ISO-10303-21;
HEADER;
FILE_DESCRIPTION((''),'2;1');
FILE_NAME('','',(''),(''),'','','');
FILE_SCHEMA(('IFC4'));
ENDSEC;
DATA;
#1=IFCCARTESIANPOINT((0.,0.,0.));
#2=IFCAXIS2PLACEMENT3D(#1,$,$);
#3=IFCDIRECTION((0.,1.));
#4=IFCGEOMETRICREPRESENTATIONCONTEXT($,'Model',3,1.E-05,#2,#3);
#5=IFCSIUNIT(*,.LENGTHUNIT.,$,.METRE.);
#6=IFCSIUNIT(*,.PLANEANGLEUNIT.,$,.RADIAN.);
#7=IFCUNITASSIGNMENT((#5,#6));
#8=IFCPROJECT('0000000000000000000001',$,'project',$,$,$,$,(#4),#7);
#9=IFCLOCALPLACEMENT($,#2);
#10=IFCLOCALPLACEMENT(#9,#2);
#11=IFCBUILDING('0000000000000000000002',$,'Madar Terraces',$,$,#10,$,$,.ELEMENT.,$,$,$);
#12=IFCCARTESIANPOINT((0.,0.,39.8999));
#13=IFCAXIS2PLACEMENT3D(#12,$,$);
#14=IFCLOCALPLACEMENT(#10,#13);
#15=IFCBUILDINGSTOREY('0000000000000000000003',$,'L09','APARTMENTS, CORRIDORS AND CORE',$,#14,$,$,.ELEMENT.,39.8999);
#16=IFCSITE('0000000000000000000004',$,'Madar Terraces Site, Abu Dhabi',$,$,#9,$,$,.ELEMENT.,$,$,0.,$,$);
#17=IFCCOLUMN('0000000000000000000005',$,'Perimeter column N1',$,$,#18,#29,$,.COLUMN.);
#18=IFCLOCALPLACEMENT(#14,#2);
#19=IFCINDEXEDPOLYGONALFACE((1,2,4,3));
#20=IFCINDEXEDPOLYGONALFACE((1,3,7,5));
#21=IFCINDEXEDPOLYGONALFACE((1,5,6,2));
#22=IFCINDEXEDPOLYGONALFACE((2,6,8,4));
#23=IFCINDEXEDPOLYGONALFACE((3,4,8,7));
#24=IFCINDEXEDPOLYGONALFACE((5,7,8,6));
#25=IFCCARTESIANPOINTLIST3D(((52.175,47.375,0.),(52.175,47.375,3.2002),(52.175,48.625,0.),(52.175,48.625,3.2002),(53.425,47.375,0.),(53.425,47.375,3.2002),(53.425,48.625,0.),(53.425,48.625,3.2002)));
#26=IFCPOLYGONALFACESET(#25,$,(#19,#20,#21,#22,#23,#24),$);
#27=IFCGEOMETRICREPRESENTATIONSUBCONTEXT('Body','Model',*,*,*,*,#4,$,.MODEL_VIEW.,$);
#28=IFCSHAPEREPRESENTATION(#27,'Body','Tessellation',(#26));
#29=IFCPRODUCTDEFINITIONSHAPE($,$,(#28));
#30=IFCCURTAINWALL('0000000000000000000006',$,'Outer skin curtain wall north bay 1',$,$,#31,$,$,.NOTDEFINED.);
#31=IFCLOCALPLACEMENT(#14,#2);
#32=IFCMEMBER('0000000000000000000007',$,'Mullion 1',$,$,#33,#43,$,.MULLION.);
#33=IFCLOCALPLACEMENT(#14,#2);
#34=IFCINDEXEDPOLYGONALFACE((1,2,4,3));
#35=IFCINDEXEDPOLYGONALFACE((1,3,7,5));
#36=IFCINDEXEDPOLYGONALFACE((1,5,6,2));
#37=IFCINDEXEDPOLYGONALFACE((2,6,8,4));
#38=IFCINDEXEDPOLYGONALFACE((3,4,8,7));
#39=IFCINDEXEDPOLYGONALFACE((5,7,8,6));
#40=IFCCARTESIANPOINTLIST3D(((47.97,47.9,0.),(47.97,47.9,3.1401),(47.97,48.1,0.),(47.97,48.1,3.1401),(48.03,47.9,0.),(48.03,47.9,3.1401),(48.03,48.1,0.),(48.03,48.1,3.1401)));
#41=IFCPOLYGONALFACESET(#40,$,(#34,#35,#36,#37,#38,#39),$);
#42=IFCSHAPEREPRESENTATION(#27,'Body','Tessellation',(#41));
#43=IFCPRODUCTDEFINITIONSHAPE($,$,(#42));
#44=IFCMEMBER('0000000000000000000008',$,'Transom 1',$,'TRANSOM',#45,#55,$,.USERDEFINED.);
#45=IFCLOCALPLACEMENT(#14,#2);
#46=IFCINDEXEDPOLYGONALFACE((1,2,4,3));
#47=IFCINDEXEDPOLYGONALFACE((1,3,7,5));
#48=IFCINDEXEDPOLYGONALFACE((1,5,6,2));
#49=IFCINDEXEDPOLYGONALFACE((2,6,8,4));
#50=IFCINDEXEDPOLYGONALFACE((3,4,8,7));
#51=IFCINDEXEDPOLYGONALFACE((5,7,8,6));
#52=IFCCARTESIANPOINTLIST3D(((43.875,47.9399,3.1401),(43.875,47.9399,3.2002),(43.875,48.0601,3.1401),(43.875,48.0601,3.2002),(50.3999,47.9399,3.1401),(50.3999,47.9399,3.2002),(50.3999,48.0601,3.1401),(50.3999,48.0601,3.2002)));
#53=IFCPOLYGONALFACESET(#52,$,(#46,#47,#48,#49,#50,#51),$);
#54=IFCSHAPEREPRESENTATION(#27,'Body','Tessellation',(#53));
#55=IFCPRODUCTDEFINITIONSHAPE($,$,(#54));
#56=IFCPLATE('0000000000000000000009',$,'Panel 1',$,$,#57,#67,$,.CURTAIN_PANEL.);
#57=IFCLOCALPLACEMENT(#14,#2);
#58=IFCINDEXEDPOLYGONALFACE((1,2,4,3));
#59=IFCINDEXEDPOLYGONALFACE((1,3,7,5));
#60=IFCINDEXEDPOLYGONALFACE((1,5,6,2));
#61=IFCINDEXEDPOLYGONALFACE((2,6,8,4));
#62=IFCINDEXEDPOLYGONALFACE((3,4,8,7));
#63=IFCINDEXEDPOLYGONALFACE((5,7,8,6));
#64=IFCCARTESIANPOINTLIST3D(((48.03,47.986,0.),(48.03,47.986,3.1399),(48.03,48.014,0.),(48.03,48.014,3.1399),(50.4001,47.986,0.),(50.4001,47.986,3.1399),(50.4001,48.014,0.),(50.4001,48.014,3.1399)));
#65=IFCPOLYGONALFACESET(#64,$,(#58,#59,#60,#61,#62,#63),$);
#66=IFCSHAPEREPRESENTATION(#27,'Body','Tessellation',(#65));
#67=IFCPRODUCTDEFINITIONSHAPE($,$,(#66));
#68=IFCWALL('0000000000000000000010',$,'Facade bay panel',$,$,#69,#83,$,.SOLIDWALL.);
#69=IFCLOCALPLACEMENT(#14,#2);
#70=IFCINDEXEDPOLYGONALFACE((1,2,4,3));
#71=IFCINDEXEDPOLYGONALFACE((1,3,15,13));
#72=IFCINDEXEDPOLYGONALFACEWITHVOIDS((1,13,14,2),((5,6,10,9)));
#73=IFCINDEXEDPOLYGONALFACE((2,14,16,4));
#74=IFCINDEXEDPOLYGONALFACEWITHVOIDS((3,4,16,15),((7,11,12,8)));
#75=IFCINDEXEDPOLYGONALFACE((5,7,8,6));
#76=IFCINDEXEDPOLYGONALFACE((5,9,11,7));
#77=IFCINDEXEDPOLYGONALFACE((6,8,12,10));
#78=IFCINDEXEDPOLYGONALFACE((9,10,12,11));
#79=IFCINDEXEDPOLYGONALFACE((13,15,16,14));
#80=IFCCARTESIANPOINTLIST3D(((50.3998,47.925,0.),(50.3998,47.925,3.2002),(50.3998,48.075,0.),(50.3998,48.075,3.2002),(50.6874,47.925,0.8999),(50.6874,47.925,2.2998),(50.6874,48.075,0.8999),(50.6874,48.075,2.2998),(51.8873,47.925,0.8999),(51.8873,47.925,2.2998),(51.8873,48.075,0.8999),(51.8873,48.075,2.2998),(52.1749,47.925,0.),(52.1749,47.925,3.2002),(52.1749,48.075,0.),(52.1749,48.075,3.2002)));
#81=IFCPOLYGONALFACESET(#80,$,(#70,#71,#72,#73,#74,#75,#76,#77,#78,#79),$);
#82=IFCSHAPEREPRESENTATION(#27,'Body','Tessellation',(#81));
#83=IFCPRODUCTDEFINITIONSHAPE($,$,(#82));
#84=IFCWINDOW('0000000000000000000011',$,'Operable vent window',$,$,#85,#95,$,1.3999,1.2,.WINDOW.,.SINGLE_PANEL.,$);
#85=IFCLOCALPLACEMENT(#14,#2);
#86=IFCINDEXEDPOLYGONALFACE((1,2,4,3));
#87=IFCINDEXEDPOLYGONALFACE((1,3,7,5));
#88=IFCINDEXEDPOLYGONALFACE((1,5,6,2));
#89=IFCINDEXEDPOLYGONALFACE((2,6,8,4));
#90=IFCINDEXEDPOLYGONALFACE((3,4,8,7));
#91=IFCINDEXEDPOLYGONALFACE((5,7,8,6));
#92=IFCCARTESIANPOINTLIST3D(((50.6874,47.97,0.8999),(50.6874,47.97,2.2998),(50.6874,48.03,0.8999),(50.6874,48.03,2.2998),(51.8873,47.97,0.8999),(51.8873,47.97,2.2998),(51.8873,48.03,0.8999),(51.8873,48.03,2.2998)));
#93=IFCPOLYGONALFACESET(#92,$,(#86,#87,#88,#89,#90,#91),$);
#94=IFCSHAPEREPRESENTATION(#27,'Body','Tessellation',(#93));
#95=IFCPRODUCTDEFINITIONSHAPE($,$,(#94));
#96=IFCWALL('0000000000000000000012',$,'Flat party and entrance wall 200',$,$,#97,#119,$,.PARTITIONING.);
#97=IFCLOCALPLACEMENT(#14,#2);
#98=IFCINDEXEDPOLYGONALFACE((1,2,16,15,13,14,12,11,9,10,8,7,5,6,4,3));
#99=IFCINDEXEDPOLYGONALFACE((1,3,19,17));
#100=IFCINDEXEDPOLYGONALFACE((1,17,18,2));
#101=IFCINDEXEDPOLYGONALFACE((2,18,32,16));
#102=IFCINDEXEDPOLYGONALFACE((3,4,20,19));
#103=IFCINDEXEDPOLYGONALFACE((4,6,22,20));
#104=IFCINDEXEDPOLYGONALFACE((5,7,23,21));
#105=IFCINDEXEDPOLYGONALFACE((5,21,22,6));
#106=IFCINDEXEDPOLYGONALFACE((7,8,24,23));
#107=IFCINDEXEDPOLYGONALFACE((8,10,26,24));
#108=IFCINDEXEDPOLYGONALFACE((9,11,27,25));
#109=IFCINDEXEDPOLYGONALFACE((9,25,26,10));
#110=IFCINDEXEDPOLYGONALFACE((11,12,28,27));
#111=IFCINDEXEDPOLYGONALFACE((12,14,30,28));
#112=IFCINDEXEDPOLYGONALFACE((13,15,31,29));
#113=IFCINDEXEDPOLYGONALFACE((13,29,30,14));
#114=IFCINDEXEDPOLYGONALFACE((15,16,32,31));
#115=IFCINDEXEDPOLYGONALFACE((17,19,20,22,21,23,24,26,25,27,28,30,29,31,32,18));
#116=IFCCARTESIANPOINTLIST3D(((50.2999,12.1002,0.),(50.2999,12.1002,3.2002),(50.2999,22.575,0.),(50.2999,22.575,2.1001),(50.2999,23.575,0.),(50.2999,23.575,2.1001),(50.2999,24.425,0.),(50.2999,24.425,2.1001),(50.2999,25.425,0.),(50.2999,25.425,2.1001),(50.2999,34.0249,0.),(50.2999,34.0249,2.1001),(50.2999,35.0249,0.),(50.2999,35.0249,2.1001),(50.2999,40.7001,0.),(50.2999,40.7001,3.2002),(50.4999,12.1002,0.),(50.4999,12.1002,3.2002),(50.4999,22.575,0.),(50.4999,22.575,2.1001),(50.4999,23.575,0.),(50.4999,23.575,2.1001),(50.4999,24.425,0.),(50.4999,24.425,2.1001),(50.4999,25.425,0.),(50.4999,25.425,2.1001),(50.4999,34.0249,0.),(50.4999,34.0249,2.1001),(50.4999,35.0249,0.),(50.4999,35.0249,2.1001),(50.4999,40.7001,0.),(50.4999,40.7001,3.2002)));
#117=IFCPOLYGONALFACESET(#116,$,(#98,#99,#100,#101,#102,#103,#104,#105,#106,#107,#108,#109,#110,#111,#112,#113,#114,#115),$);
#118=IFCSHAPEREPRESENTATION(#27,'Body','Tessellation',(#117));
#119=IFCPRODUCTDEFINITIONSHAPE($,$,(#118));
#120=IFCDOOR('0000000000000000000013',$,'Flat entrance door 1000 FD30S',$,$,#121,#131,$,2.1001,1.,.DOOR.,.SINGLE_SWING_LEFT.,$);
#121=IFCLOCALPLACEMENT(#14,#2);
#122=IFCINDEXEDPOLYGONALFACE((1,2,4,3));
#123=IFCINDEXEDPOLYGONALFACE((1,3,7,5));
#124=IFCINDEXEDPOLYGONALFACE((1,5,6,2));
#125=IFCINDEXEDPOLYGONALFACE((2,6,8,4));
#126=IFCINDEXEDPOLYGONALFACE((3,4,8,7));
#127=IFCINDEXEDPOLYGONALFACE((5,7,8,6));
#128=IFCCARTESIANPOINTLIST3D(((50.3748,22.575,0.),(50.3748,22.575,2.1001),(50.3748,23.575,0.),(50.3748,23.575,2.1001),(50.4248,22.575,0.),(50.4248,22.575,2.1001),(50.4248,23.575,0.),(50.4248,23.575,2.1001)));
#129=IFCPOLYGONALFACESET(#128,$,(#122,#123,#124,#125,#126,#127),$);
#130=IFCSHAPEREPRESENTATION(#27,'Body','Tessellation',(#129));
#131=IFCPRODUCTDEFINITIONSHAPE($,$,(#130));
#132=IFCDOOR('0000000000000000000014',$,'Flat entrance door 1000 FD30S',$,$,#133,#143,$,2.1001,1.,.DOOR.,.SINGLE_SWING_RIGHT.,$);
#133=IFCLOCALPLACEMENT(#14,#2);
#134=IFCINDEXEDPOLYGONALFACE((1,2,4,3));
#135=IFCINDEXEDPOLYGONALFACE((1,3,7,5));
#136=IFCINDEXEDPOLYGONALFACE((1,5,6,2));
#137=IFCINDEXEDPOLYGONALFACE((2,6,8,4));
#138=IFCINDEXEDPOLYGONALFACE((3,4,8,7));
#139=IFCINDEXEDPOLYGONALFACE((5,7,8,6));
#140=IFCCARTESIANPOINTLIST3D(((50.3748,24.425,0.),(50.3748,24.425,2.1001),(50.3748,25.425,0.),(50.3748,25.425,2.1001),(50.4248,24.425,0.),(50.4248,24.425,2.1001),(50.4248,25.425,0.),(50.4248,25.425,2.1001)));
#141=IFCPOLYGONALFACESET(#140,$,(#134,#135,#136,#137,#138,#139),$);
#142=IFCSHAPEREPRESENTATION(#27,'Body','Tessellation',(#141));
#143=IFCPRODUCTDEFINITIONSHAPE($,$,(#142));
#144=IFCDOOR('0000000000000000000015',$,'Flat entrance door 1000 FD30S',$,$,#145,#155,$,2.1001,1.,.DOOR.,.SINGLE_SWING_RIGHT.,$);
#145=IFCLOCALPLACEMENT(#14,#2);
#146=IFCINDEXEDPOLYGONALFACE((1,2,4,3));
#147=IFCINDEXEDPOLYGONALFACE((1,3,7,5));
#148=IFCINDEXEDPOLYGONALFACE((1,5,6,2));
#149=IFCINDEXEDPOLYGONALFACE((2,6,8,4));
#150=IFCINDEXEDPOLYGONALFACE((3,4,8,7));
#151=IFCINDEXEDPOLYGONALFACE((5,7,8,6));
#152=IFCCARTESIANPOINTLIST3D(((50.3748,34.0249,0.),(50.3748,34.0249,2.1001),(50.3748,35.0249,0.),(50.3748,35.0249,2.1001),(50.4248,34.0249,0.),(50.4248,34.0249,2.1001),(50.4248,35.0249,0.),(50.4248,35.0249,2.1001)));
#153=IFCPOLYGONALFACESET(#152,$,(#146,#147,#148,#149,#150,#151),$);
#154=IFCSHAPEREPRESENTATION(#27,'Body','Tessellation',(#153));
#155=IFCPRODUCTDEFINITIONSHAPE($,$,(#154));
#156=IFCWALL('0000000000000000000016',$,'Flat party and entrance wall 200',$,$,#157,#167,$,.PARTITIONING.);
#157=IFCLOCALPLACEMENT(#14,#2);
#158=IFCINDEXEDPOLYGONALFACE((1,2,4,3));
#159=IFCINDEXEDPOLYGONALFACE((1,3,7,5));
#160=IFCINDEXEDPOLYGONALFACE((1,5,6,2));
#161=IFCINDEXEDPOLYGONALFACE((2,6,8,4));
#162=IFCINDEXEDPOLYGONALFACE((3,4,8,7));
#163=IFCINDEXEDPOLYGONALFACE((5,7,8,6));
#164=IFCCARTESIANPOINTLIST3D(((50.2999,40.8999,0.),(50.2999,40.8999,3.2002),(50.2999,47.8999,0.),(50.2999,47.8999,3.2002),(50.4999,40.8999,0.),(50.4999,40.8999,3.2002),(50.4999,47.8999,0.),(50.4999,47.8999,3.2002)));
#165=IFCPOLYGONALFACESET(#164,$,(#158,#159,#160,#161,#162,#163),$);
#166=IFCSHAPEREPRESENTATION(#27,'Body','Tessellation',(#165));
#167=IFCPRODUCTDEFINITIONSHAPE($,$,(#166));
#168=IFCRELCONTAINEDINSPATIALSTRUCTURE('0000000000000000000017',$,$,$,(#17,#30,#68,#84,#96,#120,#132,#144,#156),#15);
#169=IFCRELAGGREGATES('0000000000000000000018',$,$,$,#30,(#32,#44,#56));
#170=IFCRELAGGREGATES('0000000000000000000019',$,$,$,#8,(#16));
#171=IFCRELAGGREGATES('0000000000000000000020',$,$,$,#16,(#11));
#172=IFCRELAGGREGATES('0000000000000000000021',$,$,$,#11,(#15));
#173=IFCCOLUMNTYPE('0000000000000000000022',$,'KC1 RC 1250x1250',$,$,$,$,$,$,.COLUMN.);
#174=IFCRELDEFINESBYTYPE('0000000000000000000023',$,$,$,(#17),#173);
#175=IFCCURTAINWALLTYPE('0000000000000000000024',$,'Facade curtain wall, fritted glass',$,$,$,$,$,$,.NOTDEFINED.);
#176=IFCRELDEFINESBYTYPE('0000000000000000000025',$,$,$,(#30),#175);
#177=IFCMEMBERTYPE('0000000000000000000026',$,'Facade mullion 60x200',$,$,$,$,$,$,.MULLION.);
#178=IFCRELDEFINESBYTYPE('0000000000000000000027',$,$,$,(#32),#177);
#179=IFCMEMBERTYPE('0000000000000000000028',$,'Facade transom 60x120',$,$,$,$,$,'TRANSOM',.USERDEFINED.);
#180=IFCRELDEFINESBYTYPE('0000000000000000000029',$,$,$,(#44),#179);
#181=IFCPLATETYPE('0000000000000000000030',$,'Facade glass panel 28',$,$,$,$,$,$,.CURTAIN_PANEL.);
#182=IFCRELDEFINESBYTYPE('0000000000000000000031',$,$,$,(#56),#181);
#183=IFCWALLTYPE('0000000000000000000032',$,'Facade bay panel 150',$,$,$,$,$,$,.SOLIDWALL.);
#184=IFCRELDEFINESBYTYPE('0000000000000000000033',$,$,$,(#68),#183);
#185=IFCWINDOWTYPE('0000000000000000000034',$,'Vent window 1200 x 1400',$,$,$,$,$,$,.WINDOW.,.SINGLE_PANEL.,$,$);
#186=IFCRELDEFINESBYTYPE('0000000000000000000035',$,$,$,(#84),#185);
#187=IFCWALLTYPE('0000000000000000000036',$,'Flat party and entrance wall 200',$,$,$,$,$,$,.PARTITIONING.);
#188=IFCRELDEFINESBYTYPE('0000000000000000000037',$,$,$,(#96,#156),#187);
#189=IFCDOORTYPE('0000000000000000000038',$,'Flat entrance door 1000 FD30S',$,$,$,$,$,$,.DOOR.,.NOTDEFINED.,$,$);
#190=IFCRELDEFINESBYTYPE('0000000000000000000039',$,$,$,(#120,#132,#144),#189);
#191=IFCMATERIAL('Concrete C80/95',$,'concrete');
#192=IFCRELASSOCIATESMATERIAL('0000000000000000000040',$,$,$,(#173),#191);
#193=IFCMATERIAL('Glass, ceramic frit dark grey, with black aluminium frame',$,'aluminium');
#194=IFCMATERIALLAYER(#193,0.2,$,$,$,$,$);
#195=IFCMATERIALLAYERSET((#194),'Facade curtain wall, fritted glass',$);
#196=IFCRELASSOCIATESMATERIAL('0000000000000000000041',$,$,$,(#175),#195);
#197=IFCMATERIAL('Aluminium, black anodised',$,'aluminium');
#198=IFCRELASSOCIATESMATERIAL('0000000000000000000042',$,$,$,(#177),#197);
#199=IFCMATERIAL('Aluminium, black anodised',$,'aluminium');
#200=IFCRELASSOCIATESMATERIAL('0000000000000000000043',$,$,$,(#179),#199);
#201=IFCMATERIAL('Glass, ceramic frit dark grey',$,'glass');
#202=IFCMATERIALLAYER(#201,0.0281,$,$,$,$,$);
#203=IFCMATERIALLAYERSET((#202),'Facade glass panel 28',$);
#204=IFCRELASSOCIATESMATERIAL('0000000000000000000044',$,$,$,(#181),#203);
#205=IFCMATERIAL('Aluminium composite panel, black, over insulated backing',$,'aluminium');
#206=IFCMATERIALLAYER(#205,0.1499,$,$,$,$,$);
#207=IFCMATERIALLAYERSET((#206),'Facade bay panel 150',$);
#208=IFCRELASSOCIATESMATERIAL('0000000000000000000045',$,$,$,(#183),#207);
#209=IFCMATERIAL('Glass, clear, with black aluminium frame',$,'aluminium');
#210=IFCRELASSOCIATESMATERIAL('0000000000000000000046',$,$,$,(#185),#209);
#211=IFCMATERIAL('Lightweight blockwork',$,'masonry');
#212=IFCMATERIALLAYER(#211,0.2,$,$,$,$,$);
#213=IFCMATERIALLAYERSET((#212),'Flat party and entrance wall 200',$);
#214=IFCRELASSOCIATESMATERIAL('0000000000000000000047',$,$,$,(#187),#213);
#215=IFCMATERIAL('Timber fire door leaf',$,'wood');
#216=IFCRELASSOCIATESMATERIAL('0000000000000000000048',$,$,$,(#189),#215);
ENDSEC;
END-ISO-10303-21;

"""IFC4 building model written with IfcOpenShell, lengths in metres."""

from ifc_helpers import new_model, si_unit, direction, frame, frame_2d, origin, origin_2d, place, context, subcontext, project, spatial, rectangle, extrude, material, layer, layer_set, material_profile, profile_set, type_object, element, fill, aggregate, save


model = new_model("IFC4")

# Units and contexts
model_context = context("Model", 3, precision=1e-05, world=origin(), true_north=direction((0.0, 1.0)))
body_context = subcontext(model_context, "Body", "Model", "MODEL_VIEW")
ifc_project = project(units=[si_unit("LENGTHUNIT", "METRE"), si_unit("PLANEANGLEUNIT", "RADIAN")], contexts=[model_context])

# Site, building, storey
site_placement = place(None, origin())
site = spatial("IfcSite", under=ifc_project, at=site_placement, Name="Madar Terraces Site, Abu Dhabi", CompositionType="ELEMENT", RefElevation=0.0)
building_placement = place(site_placement, origin())
building = spatial("IfcBuilding", under=site, at=building_placement, Name="Madar Terraces", CompositionType="ELEMENT")
storey_placement = place(building_placement, frame((0.0, 0.0, 39.8999)))
storey = spatial("IfcBuildingStorey", under=building, at=storey_placement, Name="L09", Description="APARTMENTS, CORRIDORS AND CORE", CompositionType="ELEMENT", Elevation=39.8999)

# Column
ifc_material_1 = material(Name="Concrete C80/95", Category="concrete")
ifc_material_profile_1 = material_profile(ifc_material_1, rectangle(XDim=1.25, YDim=1.25, at=origin_2d()), Name="KC1 RC 1250x1250")
ifc_profile_set_1 = profile_set([ifc_material_profile_1], Name="Concrete C80/95")
column_type = type_object("IfcColumnType", Name="KC1 RC 1250x1250", PredefinedType="COLUMN", material=ifc_profile_set_1)
column_placement = place(storey_placement, frame((52.8, 48.0, 0.0), z_axis=(0.0, 0.0, 1.0), x_axis=(1.0, 0.0, 0.0)))
element("IfcColumn", 1, at=column_placement, inside=storey, type_object=column_type, Name="Perimeter column N1", PredefinedType="COLUMN", context=body_context, shape_type="SweptSolid", body=[
    extrude(rectangle(XDim=1.25, YDim=1.25, at=origin_2d()), origin(), (0.0, 0.0, 1.0), 3.2002),
])

# Curtain wall, members, plate
ifc_material_2 = material(Name="Glass, ceramic frit dark grey, with black aluminium frame", Category="aluminium")
ifc_layer_1 = layer(ifc_material_2, 0.2)
ifc_layer_set_1 = layer_set([ifc_layer_1], Name="Facade curtain wall, fritted glass")
curtain_wall_type = type_object("IfcCurtainWallType", Name="Facade curtain wall, fritted glass", PredefinedType="NOTDEFINED", material=ifc_layer_set_1)
curtain_wall_placement = place(storey_placement, origin())
curtain_wall = element("IfcCurtainWall", 2, at=curtain_wall_placement, inside=storey, type_object=curtain_wall_type, Name="Outer skin curtain wall north bay 1", PredefinedType="NOTDEFINED")
ifc_material_3 = material(Name="Aluminium, black anodised", Category="aluminium")
ifc_material_profile_2 = material_profile(ifc_material_3, rectangle(XDim=0.2, YDim=0.0601, at=origin_2d()), Name="Facade mullion 60x200")
ifc_profile_set_2 = profile_set([ifc_material_profile_2], Name="Aluminium, black anodised")
member_type_1 = type_object("IfcMemberType", Name="Facade mullion 60x200", PredefinedType="MULLION", material=ifc_profile_set_2)
member_1_placement = place(storey_placement, frame((48.0, 48.0, 0.0), z_axis=(0.0, 0.0, 1.0), x_axis=(0.0, -1.0, 0.0)))
member_1 = element("IfcMember", 3, at=member_1_placement, type_object=member_type_1, Name="Mullion 1", PredefinedType="MULLION", context=body_context, shape_type="SweptSolid", body=[
    extrude(rectangle(XDim=0.2, YDim=0.0601, at=origin_2d()), origin(), (0.0, 0.0, 1.0), 3.1401),
])
ifc_material_4 = material(Name="Aluminium, black anodised", Category="aluminium")
ifc_material_profile_3 = material_profile(ifc_material_4, rectangle(XDim=0.1201, YDim=0.0601, at=origin_2d()), Name="Facade transom 60x120")
ifc_profile_set_3 = profile_set([ifc_material_profile_3], Name="Aluminium, black anodised")
member_type_2 = type_object("IfcMemberType", Name="Facade transom 60x120", ElementType="TRANSOM", PredefinedType="USERDEFINED", material=ifc_profile_set_3)
member_2_placement = place(storey_placement, frame((50.3999, 48.0, 3.1702), z_axis=(-1.0, 0.0, 0.0), x_axis=(0.0, -1.0, 0.0)))
member_2 = element("IfcMember", 4, at=member_2_placement, type_object=member_type_2, Name="Transom 1", ObjectType="TRANSOM", PredefinedType="USERDEFINED", context=body_context, shape_type="SweptSolid", body=[
    extrude(rectangle(XDim=0.1201, YDim=0.0601, at=origin_2d()), origin(), (0.0, 0.0, 1.0), 6.5249),
])
ifc_material_5 = material(Name="Glass, ceramic frit dark grey", Category="glass")
ifc_layer_2 = layer(ifc_material_5, 0.0281)
ifc_layer_set_2 = layer_set([ifc_layer_2], Name="Facade glass panel 28")
plate_type = type_object("IfcPlateType", Name="Facade glass panel 28", PredefinedType="CURTAIN_PANEL", material=ifc_layer_set_2)
plate_placement = place(storey_placement, frame((49.2151, 48.0, 0.0), z_axis=(0.0, 0.0, 1.0), x_axis=(-1.0, 0.0, 0.0)))
plate = element("IfcPlate", 5, at=plate_placement, type_object=plate_type, Name="Panel 1", PredefinedType="CURTAIN_PANEL", context=body_context, shape_type="SweptSolid", body=[
    extrude(rectangle(XDim=2.3701, YDim=0.0281, at=origin_2d()), origin(), (0.0, 0.0, 1.0), 3.1399),
])
aggregate(curtain_wall, [member_1, member_2, plate])

# Wall, opening, window
ifc_material_6 = material(Name="Aluminium composite panel, black, over insulated backing", Category="aluminium")
ifc_layer_3 = layer(ifc_material_6, 0.1499)
ifc_layer_set_3 = layer_set([ifc_layer_3], Name="Facade bay panel 150")
wall_type_1 = type_object("IfcWallType", Name="Facade bay panel 150", PredefinedType="SOLIDWALL", material=ifc_layer_set_3)
wall_1_placement = place(storey_placement, frame((52.175, 48.0, 0.0), z_axis=(0.0, 0.0, 1.0), x_axis=(-1.0, 0.0, 0.0)))
wall_1 = element("IfcWall", 6, at=wall_1_placement, inside=storey, type_object=wall_type_1, Name="Facade bay panel", PredefinedType="SOLIDWALL", context=body_context, shape_type="SweptSolid", body=[
    extrude(rectangle(XDim=1.7751, YDim=0.1499, at=frame_2d((0.8877, 0.0))), origin(), (0.0, 0.0, 1.0), 3.2002),
])
opening_1_placement = place(wall_1_placement, frame((0.2876, 0.0, 0.8999)))
opening_1 = element("IfcOpeningElement", 7, at=opening_1_placement, cuts=wall_1, PredefinedType="OPENING", context=body_context, shape_type="SweptSolid", body=[
    extrude(rectangle(XDim=1.2, YDim=1.3999, at=frame_2d((0.6001, 0.7))), frame((0.0, 0.085, 0.0), z_axis=(0.0, -1.0, 0.0), x_axis=(1.0, 0.0, 0.0)), (0.0, 0.0, 1.0), 0.1699),
])
ifc_material_7 = material(Name="Glass, clear, with black aluminium frame", Category="aluminium")
window_type = type_object("IfcWindowType", Name="Vent window 1200 x 1400", PartitioningType="SINGLE_PANEL", PredefinedType="WINDOW", material=ifc_material_7)
window_placement = place(opening_1_placement, origin())
window = element("IfcWindow", 8, at=window_placement, inside=storey, type_object=window_type, Name="Operable vent window", OverallHeight=1.3999, OverallWidth=1.2, PartitioningType="SINGLE_PANEL", PredefinedType="WINDOW", context=body_context, shape_type="SweptSolid", body=[
    extrude(rectangle(XDim=1.2, YDim=1.3999, at=frame_2d((0.6001, 0.7))), frame((0.0, 0.03, 0.0), z_axis=(0.0, -1.0, 0.0), x_axis=(1.0, 0.0, 0.0)), (0.0, 0.0, 1.0), 0.0601),
])
fill(opening_1, window)

# Wall, openings, doors
ifc_material_8 = material(Name="Lightweight blockwork", Category="masonry")
ifc_layer_4 = layer(ifc_material_8, 0.2)
ifc_layer_set_4 = layer_set([ifc_layer_4], Name="Flat party and entrance wall 200")
wall_type_2 = type_object("IfcWallType", Name="Flat party and entrance wall 200", PredefinedType="PARTITIONING", material=ifc_layer_set_4)
wall_2_placement = place(storey_placement, frame((50.3999, 40.7, 0.0), z_axis=(0.0, 0.0, 1.0), x_axis=(0.0, -1.0, 0.0)))
wall_2 = element("IfcWall", 9, at=wall_2_placement, inside=storey, type_object=wall_type_2, Name="Flat party and entrance wall 200", PredefinedType="PARTITIONING", context=body_context, shape_type="SweptSolid", body=[
    extrude(rectangle(XDim=28.5999, YDim=0.2, at=frame_2d((14.2998, 0.0))), origin(), (0.0, 0.0, 1.0), 3.2002),
])
opening_2_placement = place(wall_2_placement, frame((17.125, 0.0, 0.0)))
opening_2 = element("IfcOpeningElement", 10, at=opening_2_placement, cuts=wall_2, PredefinedType="OPENING", context=body_context, shape_type="SweptSolid", body=[
    extrude(rectangle(XDim=1.0, YDim=2.1001, at=frame_2d((0.5, 1.05))), frame((0.0, 0.1099, 0.0), z_axis=(0.0, -1.0, 0.0), x_axis=(1.0, 0.0, 0.0)), (0.0, 0.0, 1.0), 0.22),
])
opening_3_placement = place(wall_2_placement, frame((15.2749, 0.0, 0.0)))
opening_3 = element("IfcOpeningElement", 11, at=opening_3_placement, cuts=wall_2, PredefinedType="OPENING", context=body_context, shape_type="SweptSolid", body=[
    extrude(rectangle(XDim=1.0, YDim=2.1001, at=frame_2d((0.5, 1.05))), frame((0.0, 0.1099, 0.0), z_axis=(0.0, -1.0, 0.0), x_axis=(1.0, 0.0, 0.0)), (0.0, 0.0, 1.0), 0.22),
])
opening_4_placement = place(wall_2_placement, frame((5.675, 0.0, 0.0)))
opening_4 = element("IfcOpeningElement", 12, at=opening_4_placement, cuts=wall_2, PredefinedType="OPENING", context=body_context, shape_type="SweptSolid", body=[
    extrude(rectangle(XDim=1.0, YDim=2.1001, at=frame_2d((0.5, 1.05))), frame((0.0, 0.1099, 0.0), z_axis=(0.0, -1.0, 0.0), x_axis=(1.0, 0.0, 0.0)), (0.0, 0.0, 1.0), 0.22),
])
ifc_material_9 = material(Name="Timber fire door leaf", Category="wood")
door_type_1 = type_object("IfcDoorType", Name="Flat entrance door 1000 FD30S", OperationType="NOTDEFINED", PredefinedType="DOOR", material=ifc_material_9)
door_1_placement = place(opening_2_placement, origin())
door_1 = element("IfcDoor", 13, at=door_1_placement, inside=storey, type_object=door_type_1, Name="Flat entrance door 1000 FD30S", OperationType="SINGLE_SWING_LEFT", OverallHeight=2.1001, OverallWidth=1.0, PredefinedType="DOOR", context=body_context, shape_type="SweptSolid", body=[
    extrude(rectangle(XDim=1.0, YDim=2.1001, at=frame_2d((0.5, 1.05))), frame((0.0, 0.0249, 0.0), z_axis=(0.0, -1.0, 0.0), x_axis=(1.0, 0.0, 0.0)), (0.0, 0.0, 1.0), 0.05),
])
fill(opening_2, door_1)
door_2_placement = place(opening_3_placement, origin())
door_2 = element("IfcDoor", 14, at=door_2_placement, inside=storey, type_object=door_type_1, Name="Flat entrance door 1000 FD30S", OperationType="SINGLE_SWING_RIGHT", OverallHeight=2.1001, OverallWidth=1.0, PredefinedType="DOOR", context=body_context, shape_type="SweptSolid", body=[
    extrude(rectangle(XDim=1.0, YDim=2.1001, at=frame_2d((0.5, 1.05))), frame((0.0, 0.0249, 0.0), z_axis=(0.0, -1.0, 0.0), x_axis=(1.0, 0.0, 0.0)), (0.0, 0.0, 1.0), 0.05),
])
fill(opening_3, door_2)
door_3_placement = place(opening_4_placement, origin())
door_3 = element("IfcDoor", 15, at=door_3_placement, inside=storey, type_object=door_type_1, Name="Flat entrance door 1000 FD30S", OperationType="SINGLE_SWING_RIGHT", OverallHeight=2.1001, OverallWidth=1.0, PredefinedType="DOOR", context=body_context, shape_type="SweptSolid", body=[
    extrude(rectangle(XDim=1.0, YDim=2.1001, at=frame_2d((0.5, 1.05))), frame((0.0, 0.0249, 0.0), z_axis=(0.0, -1.0, 0.0), x_axis=(1.0, 0.0, 0.0)), (0.0, 0.0, 1.0), 0.05),
])
fill(opening_4, door_3)

# Wall
wall_3_placement = place(storey_placement, frame((50.3999, 40.8999, 0.0), z_axis=(0.0, 0.0, 1.0), x_axis=(0.0, 1.0, 0.0)))
element("IfcWall", 16, at=wall_3_placement, inside=storey, type_object=wall_type_2, Name="Flat party and entrance wall 200", PredefinedType="PARTITIONING", context=body_context, shape_type="SweptSolid", body=[
    extrude(rectangle(XDim=7.0, YDim=0.2, at=frame_2d((3.5, 0.0))), origin(), (0.0, 0.0, 1.0), 3.2002),
])

save(model, "model.ifc")
